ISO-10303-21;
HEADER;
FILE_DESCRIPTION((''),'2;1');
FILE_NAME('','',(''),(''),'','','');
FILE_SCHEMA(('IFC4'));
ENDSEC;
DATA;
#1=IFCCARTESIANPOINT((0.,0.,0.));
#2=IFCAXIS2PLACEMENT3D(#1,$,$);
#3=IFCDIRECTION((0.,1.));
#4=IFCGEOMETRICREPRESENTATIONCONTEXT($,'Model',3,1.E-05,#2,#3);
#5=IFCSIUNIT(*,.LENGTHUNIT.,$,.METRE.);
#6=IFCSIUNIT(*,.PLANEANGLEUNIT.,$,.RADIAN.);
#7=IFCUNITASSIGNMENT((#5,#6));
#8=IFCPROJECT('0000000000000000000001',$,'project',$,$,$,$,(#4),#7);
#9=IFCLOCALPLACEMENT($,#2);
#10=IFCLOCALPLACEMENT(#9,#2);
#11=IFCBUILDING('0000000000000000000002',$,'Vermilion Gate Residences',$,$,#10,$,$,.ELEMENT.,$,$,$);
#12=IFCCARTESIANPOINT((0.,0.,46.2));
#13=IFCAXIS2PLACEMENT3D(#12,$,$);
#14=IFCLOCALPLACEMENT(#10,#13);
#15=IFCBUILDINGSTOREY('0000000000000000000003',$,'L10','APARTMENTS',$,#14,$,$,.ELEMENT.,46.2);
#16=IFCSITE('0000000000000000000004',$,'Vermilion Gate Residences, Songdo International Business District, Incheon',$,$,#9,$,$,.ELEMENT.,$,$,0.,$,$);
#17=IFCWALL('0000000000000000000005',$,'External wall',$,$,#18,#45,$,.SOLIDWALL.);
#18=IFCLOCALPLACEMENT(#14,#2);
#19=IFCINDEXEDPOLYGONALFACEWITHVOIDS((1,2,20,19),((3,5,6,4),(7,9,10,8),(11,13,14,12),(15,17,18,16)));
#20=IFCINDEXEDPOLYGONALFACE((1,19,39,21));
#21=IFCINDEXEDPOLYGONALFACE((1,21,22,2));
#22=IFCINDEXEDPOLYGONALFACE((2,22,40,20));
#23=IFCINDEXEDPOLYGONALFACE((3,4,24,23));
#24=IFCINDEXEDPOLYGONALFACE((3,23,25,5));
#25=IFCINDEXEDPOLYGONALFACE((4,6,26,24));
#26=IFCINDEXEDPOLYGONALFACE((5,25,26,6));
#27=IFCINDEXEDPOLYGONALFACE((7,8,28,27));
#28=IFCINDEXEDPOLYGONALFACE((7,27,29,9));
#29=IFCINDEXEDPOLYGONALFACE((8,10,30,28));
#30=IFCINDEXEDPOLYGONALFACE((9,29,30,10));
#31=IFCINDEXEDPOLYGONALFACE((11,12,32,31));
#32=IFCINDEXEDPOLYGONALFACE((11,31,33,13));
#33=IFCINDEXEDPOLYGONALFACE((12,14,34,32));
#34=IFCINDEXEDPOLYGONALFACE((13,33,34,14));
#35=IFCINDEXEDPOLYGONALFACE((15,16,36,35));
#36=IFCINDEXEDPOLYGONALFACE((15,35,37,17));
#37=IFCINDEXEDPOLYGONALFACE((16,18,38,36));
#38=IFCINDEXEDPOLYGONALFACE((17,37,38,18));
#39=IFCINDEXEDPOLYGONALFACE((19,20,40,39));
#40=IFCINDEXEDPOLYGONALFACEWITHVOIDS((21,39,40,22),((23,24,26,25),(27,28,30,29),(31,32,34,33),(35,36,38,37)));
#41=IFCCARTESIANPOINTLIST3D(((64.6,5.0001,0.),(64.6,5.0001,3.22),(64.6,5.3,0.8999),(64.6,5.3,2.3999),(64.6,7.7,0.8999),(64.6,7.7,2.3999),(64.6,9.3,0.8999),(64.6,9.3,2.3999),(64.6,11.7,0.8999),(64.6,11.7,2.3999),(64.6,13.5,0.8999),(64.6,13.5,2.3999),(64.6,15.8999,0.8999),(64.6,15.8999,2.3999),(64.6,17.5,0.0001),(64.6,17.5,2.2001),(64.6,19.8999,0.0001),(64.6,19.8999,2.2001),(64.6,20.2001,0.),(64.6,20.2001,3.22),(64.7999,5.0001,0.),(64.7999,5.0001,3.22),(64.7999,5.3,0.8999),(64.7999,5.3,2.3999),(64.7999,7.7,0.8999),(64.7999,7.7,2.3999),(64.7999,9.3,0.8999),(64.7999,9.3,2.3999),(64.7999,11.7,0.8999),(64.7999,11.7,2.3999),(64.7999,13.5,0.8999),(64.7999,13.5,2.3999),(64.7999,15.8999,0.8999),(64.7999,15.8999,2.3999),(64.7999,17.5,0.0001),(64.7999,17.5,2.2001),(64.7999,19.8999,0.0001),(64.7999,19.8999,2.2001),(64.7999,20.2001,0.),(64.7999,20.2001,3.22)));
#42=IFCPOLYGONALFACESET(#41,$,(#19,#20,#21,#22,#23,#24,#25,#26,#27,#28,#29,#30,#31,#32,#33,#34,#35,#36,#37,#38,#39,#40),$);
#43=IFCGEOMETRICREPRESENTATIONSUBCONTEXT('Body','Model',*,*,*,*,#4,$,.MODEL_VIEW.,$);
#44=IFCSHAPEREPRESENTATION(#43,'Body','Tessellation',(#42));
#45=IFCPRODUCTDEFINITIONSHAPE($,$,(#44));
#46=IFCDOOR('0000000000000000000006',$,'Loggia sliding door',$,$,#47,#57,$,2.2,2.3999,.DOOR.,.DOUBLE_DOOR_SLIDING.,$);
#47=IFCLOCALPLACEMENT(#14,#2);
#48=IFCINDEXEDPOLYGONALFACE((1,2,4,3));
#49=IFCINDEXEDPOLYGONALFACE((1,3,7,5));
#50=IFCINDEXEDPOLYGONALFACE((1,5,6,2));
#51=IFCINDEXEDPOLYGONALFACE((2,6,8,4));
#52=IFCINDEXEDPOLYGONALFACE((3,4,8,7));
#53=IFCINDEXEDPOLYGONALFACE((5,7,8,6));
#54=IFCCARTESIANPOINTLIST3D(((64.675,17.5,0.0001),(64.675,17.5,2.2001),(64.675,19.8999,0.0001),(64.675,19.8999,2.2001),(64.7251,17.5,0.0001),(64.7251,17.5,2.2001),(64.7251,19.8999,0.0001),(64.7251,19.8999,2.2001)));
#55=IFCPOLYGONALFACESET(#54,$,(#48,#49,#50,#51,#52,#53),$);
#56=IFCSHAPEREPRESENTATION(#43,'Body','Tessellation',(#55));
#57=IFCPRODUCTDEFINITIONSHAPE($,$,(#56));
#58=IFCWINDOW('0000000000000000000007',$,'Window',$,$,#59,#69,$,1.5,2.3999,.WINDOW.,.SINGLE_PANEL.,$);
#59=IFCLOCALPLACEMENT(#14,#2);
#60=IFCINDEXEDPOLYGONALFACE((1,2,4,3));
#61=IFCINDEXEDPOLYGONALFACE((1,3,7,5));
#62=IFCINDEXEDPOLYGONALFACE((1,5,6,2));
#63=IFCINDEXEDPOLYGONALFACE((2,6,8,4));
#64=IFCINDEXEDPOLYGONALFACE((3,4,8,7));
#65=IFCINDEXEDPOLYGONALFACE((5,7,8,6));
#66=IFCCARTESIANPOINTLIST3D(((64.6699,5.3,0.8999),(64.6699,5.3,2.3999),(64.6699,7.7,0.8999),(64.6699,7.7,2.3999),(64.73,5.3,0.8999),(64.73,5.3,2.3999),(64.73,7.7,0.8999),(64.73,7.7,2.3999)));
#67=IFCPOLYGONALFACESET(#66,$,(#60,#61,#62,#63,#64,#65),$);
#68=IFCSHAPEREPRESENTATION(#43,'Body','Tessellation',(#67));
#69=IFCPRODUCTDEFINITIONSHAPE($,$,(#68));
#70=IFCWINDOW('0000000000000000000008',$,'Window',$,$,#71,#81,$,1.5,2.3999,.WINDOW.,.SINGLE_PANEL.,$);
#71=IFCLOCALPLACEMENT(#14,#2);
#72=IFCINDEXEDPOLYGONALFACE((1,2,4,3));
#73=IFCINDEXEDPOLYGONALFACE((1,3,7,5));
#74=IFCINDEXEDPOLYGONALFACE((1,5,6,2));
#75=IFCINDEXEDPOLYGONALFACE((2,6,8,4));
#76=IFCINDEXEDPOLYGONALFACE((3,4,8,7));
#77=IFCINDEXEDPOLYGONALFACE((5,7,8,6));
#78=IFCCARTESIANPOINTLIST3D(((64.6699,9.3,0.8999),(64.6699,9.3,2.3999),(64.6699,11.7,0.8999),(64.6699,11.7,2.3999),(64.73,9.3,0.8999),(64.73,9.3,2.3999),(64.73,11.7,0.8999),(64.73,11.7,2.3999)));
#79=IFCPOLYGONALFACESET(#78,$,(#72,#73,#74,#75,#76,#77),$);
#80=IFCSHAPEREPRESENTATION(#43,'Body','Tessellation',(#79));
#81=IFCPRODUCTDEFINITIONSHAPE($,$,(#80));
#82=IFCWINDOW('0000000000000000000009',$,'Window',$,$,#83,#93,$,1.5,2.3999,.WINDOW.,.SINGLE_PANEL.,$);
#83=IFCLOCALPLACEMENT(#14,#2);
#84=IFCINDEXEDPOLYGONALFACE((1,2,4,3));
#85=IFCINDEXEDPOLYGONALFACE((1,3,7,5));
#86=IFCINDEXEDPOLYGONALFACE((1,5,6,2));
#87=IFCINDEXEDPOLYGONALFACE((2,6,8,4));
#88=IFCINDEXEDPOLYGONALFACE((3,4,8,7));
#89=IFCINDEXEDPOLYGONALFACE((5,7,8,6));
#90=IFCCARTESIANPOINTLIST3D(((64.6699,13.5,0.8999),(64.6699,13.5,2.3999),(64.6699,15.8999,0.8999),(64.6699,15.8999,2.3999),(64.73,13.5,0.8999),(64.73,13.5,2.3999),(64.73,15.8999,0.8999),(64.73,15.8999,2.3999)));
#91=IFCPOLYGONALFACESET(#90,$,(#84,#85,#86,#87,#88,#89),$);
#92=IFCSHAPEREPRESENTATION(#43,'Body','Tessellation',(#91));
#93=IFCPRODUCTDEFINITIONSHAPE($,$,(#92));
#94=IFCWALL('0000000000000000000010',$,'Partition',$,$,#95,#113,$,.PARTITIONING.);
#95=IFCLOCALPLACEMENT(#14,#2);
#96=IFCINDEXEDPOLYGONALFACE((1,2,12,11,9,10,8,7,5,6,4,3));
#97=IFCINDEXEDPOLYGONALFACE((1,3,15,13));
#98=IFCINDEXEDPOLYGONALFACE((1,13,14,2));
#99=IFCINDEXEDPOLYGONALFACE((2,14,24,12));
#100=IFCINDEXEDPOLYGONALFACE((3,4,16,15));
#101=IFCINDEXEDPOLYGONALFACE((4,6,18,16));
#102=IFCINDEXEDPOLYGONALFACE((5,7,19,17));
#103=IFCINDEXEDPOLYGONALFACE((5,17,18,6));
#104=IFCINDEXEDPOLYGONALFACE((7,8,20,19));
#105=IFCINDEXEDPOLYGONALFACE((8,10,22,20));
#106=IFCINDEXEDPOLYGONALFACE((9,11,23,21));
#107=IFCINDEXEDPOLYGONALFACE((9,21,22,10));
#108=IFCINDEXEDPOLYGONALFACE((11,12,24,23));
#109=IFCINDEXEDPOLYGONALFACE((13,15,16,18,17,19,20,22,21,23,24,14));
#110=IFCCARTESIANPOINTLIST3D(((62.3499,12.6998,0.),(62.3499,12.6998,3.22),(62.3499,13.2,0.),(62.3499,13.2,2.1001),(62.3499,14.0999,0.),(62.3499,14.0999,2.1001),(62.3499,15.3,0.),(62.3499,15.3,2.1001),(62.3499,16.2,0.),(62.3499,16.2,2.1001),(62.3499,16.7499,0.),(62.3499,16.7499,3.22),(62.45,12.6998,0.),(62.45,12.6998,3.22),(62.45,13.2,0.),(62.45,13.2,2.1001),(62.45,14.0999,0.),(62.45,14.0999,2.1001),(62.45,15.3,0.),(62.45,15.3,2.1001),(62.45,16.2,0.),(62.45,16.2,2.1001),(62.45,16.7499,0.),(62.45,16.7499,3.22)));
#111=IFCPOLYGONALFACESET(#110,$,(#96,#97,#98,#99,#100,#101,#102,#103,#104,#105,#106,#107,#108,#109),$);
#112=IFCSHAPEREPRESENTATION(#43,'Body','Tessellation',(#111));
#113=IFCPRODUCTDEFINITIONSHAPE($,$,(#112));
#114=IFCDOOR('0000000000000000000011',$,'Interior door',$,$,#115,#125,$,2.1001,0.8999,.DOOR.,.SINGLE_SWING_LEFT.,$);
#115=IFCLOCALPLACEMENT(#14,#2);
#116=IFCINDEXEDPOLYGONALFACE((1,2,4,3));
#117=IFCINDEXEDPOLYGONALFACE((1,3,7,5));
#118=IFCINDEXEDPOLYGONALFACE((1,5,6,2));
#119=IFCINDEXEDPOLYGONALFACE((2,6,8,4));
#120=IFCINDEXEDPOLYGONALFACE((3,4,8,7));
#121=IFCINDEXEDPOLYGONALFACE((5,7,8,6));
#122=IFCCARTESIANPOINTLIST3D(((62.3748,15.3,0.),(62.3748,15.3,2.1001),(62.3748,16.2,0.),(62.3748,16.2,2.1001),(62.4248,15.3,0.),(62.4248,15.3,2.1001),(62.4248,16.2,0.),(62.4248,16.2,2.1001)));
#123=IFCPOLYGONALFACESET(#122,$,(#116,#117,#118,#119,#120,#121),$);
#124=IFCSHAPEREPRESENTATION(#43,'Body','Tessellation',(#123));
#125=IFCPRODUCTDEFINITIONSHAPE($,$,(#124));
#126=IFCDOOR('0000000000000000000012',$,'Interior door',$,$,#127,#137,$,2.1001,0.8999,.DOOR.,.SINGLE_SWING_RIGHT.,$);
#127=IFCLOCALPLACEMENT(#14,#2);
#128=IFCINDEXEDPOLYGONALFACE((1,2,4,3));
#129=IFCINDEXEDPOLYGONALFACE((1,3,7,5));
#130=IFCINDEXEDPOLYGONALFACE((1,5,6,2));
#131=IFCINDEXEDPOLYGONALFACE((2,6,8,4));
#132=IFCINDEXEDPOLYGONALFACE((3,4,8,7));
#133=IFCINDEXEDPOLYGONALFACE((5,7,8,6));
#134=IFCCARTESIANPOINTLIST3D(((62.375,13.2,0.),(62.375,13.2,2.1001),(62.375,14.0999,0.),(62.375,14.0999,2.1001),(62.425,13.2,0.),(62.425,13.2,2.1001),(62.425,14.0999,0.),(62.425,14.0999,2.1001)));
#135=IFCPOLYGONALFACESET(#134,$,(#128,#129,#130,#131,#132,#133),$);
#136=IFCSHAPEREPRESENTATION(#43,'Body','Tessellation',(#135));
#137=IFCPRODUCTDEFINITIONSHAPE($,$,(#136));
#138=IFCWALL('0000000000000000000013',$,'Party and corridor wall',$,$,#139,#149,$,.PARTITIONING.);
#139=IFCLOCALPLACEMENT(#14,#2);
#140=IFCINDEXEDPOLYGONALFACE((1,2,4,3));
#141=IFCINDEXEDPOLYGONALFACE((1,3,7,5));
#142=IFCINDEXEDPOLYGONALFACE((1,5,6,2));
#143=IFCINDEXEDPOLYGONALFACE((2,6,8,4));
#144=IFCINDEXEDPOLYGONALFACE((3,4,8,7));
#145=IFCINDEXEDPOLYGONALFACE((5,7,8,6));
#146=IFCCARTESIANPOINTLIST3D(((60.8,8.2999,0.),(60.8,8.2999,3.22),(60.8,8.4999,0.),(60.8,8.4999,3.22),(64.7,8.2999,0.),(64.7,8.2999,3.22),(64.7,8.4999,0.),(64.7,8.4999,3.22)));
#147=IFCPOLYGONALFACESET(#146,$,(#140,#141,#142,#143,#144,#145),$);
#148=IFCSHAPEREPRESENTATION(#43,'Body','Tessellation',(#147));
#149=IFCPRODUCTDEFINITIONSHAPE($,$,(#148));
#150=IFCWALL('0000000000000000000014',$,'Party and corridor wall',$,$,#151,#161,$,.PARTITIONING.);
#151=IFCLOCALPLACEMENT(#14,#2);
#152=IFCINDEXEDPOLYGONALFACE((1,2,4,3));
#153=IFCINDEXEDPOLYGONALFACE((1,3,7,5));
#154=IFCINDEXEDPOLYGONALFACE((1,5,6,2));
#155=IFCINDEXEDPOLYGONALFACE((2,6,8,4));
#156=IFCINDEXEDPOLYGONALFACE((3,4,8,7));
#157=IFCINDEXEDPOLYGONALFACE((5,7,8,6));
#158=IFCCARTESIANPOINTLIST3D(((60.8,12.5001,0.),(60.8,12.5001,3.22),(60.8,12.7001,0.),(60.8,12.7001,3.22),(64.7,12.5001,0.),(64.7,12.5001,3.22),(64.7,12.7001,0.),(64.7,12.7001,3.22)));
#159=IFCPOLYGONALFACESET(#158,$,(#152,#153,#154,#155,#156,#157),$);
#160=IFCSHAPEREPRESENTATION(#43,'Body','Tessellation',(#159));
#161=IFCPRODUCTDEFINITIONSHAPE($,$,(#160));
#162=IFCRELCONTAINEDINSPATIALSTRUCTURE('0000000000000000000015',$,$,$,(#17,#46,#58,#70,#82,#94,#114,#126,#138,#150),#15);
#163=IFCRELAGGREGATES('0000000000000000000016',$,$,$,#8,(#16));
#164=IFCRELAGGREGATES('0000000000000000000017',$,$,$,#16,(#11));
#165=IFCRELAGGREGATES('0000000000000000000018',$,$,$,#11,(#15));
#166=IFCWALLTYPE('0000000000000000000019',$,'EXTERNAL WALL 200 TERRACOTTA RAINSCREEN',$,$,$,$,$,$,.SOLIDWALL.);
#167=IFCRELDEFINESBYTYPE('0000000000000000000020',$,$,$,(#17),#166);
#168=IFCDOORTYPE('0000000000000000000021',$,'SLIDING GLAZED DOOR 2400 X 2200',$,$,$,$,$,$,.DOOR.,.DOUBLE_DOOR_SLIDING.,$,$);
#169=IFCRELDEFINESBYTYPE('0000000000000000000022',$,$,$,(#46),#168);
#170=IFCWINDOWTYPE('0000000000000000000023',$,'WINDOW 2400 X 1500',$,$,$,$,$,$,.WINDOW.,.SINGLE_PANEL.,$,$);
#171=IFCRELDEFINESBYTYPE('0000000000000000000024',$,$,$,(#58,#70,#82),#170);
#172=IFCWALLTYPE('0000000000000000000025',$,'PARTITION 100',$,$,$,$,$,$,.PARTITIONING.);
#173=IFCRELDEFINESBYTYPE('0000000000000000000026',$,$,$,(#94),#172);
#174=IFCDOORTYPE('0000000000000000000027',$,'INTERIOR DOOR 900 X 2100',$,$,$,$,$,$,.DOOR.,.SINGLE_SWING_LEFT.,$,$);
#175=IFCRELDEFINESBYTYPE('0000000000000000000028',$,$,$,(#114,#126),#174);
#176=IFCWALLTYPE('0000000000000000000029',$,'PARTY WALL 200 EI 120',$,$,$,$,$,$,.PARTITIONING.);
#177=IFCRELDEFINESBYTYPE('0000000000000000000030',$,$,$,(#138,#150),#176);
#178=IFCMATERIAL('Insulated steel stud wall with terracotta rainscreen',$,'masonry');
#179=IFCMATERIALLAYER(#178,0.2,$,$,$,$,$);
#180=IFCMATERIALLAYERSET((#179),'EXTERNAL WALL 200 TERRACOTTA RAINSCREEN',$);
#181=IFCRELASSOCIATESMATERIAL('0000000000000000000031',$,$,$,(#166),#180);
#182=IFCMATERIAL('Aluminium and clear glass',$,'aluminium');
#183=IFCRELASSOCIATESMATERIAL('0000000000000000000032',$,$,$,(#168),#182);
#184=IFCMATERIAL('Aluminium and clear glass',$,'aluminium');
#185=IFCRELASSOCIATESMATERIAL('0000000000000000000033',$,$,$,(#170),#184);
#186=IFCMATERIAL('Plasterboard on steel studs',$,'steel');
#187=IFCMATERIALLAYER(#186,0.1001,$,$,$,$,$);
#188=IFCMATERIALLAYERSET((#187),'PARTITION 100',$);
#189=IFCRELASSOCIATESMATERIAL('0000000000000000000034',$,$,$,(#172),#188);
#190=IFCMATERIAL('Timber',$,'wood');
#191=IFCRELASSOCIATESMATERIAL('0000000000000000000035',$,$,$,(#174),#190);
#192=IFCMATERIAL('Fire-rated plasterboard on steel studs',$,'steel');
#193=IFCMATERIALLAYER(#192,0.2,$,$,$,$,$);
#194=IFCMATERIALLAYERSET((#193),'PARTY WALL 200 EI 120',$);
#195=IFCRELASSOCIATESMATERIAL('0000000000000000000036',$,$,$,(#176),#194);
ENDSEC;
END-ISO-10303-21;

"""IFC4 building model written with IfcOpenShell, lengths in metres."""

from ifc_helpers import new_model, si_unit, direction, frame, frame_2d, origin, place, context, subcontext, project, spatial, rectangle, extrude, material, layer, layer_set, type_object, element, fill, save


model = new_model("IFC4")

# Units and contexts
model_context = context("Model", 3, precision=1e-05, world=origin(), true_north=direction((0.0, 1.0)))
body_context = subcontext(model_context, "Body", "Model", "MODEL_VIEW")
ifc_project = project(units=[si_unit("LENGTHUNIT", "METRE"), si_unit("PLANEANGLEUNIT", "RADIAN")], contexts=[model_context])

# Site, building, storey
site_placement = place(None, origin())
site = spatial("IfcSite", under=ifc_project, at=site_placement, Name="Vermilion Gate Residences, Songdo International Business District, Incheon", CompositionType="ELEMENT", RefElevation=0.0)
building_placement = place(site_placement, origin())
building = spatial("IfcBuilding", under=site, at=building_placement, Name="Vermilion Gate Residences", CompositionType="ELEMENT")
storey_placement = place(building_placement, frame((0.0, 0.0, 46.2)))
storey = spatial("IfcBuildingStorey", under=building, at=storey_placement, Name="L10", Description="APARTMENTS", CompositionType="ELEMENT", Elevation=46.2)

# Shared definitions
ifc_material_1 = material(Name="Insulated steel stud wall with terracotta rainscreen", Category="masonry")
ifc_layer_1 = layer(ifc_material_1, 0.2)
ifc_layer_set_1 = layer_set([ifc_layer_1], Name="EXTERNAL WALL 200 TERRACOTTA RAINSCREEN")
wall_type_1 = type_object("IfcWallType", Name="EXTERNAL WALL 200 TERRACOTTA RAINSCREEN", PredefinedType="SOLIDWALL", material=ifc_layer_set_1)

# Wall, openings, door, windows
wall_1_placement = place(storey_placement, frame((64.7, 5.0, 0.0), z_axis=(0.0, 0.0, 1.0), x_axis=(0.0, 1.0, 0.0)))
wall_1 = element("IfcWall", 1, at=wall_1_placement, inside=storey, type_object=wall_type_1, Name="External wall", PredefinedType="SOLIDWALL", context=body_context, shape_type="SweptSolid", body=[
    extrude(rectangle(XDim=15.2, YDim=0.2, at=frame_2d((7.6001, 0.0))), origin(), (0.0, 0.0, 1.0), 3.22),
])
opening_1_placement = place(wall_1_placement, frame((0.3, 0.0, 0.8999)))
opening_1 = element("IfcOpeningElement", 2, at=opening_1_placement, cuts=wall_1, PredefinedType="OPENING", context=body_context, shape_type="SweptSolid", body=[
    extrude(rectangle(XDim=2.3999, YDim=1.5, at=frame_2d((1.2, 0.75))), frame((0.0, 0.1099, 0.0), z_axis=(0.0, -1.0, 0.0), x_axis=(1.0, 0.0, 0.0)), (0.0, 0.0, 1.0), 0.22),
])
opening_2_placement = place(wall_1_placement, frame((4.3, 0.0, 0.8999)))
opening_2 = element("IfcOpeningElement", 3, at=opening_2_placement, cuts=wall_1, PredefinedType="OPENING", context=body_context, shape_type="SweptSolid", body=[
    extrude(rectangle(XDim=2.3999, YDim=1.5, at=frame_2d((1.2, 0.75))), frame((0.0, 0.1099, 0.0), z_axis=(0.0, -1.0, 0.0), x_axis=(1.0, 0.0, 0.0)), (0.0, 0.0, 1.0), 0.22),
])
opening_3_placement = place(wall_1_placement, frame((8.5, 0.0, 0.8999)))
opening_3 = element("IfcOpeningElement", 4, at=opening_3_placement, cuts=wall_1, PredefinedType="OPENING", context=body_context, shape_type="SweptSolid", body=[
    extrude(rectangle(XDim=2.3999, YDim=1.5, at=frame_2d((1.2, 0.75))), frame((0.0, 0.1099, 0.0), z_axis=(0.0, -1.0, 0.0), x_axis=(1.0, 0.0, 0.0)), (0.0, 0.0, 1.0), 0.22),
])
opening_4_placement = place(wall_1_placement, frame((12.5, 0.0, 0.0)))
opening_4 = element("IfcOpeningElement", 5, at=opening_4_placement, cuts=wall_1, PredefinedType="OPENING", context=body_context, shape_type="SweptSolid", body=[
    extrude(rectangle(XDim=2.3999, YDim=2.2, at=frame_2d((1.2, 1.1001))), frame((0.0, 0.1099, 0.0), z_axis=(0.0, -1.0, 0.0), x_axis=(1.0, 0.0, 0.0)), (0.0, 0.0, 1.0), 0.22),
])
ifc_material_2 = material(Name="Aluminium and clear glass", Category="aluminium")
door_type_1 = type_object("IfcDoorType", Name="SLIDING GLAZED DOOR 2400 X 2200", OperationType="DOUBLE_DOOR_SLIDING", PredefinedType="DOOR", material=ifc_material_2)
door_1_placement = place(opening_4_placement, origin())
door_1 = element("IfcDoor", 6, at=door_1_placement, inside=storey, type_object=door_type_1, Name="Loggia sliding door", OperationType="DOUBLE_DOOR_SLIDING", OverallHeight=2.2, OverallWidth=2.3999, PredefinedType="DOOR", context=body_context, shape_type="SweptSolid", body=[
    extrude(rectangle(XDim=2.3999, YDim=2.2, at=frame_2d((1.2, 1.1001))), frame((0.0, 0.0249, 0.0), z_axis=(0.0, -1.0, 0.0), x_axis=(1.0, 0.0, 0.0)), (0.0, 0.0, 1.0), 0.05),
])
fill(opening_4, door_1)
ifc_material_3 = material(Name="Aluminium and clear glass", Category="aluminium")
window_type = type_object("IfcWindowType", Name="WINDOW 2400 X 1500", PartitioningType="SINGLE_PANEL", PredefinedType="WINDOW", material=ifc_material_3)
window_1_placement = place(opening_1_placement, origin())
window_1 = element("IfcWindow", 7, at=window_1_placement, inside=storey, type_object=window_type, Name="Window", OverallHeight=1.5, OverallWidth=2.3999, PartitioningType="SINGLE_PANEL", PredefinedType="WINDOW", context=body_context, shape_type="SweptSolid", body=[
    extrude(rectangle(XDim=2.3999, YDim=1.5, at=frame_2d((1.2, 0.75))), frame((0.0, 0.03, 0.0), z_axis=(0.0, -1.0, 0.0), x_axis=(1.0, 0.0, 0.0)), (0.0, 0.0, 1.0), 0.0601),
])
fill(opening_1, window_1)
window_2_placement = place(opening_2_placement, origin())
window_2 = element("IfcWindow", 8, at=window_2_placement, inside=storey, type_object=window_type, Name="Window", OverallHeight=1.5, OverallWidth=2.3999, PartitioningType="SINGLE_PANEL", PredefinedType="WINDOW", context=body_context, shape_type="SweptSolid", body=[
    extrude(rectangle(XDim=2.3999, YDim=1.5, at=frame_2d((1.2, 0.75))), frame((0.0, 0.03, 0.0), z_axis=(0.0, -1.0, 0.0), x_axis=(1.0, 0.0, 0.0)), (0.0, 0.0, 1.0), 0.0601),
])
fill(opening_2, window_2)
window_3_placement = place(opening_3_placement, origin())
window_3 = element("IfcWindow", 9, at=window_3_placement, inside=storey, type_object=window_type, Name="Window", OverallHeight=1.5, OverallWidth=2.3999, PartitioningType="SINGLE_PANEL", PredefinedType="WINDOW", context=body_context, shape_type="SweptSolid", body=[
    extrude(rectangle(XDim=2.3999, YDim=1.5, at=frame_2d((1.2, 0.75))), frame((0.0, 0.03, 0.0), z_axis=(0.0, -1.0, 0.0), x_axis=(1.0, 0.0, 0.0)), (0.0, 0.0, 1.0), 0.0601),
])
fill(opening_3, window_3)

# Wall, openings, doors
ifc_material_4 = material(Name="Plasterboard on steel studs", Category="steel")
ifc_layer_2 = layer(ifc_material_4, 0.1001)
ifc_layer_set_2 = layer_set([ifc_layer_2], Name="PARTITION 100")
wall_type_2 = type_object("IfcWallType", Name="PARTITION 100", PredefinedType="PARTITIONING", material=ifc_layer_set_2)
wall_2_placement = place(storey_placement, frame((62.3999, 12.7, 0.0), z_axis=(0.0, 0.0, 1.0), x_axis=(0.0, 1.0, 0.0)))
wall_2 = element("IfcWall", 10, at=wall_2_placement, inside=storey, type_object=wall_type_2, Name="Partition", PredefinedType="PARTITIONING", context=body_context, shape_type="SweptSolid", body=[
    extrude(rectangle(XDim=4.05, YDim=0.1001, at=frame_2d((2.0249, 0.0))), origin(), (0.0, 0.0, 1.0), 3.22),
])
opening_5_placement = place(wall_2_placement, frame((2.6001, 0.0, 0.0)))
opening_5 = element("IfcOpeningElement", 11, at=opening_5_placement, cuts=wall_2, PredefinedType="OPENING", context=body_context, shape_type="SweptSolid", body=[
    extrude(rectangle(XDim=0.8999, YDim=2.1001, at=frame_2d((0.45, 1.05))), frame((0.0, 0.0601, 0.0), z_axis=(0.0, -1.0, 0.0), x_axis=(1.0, 0.0, 0.0)), (0.0, 0.0, 1.0), 0.1201),
])
opening_6_placement = place(wall_2_placement, frame((0.5, 0.0, 0.0)))
opening_6 = element("IfcOpeningElement", 12, at=opening_6_placement, cuts=wall_2, PredefinedType="OPENING", context=body_context, shape_type="SweptSolid", body=[
    extrude(rectangle(XDim=0.8999, YDim=2.1001, at=frame_2d((0.45, 1.05))), frame((0.0, 0.0601, 0.0), z_axis=(0.0, -1.0, 0.0), x_axis=(1.0, 0.0, 0.0)), (0.0, 0.0, 1.0), 0.1201),
])
ifc_material_5 = material(Name="Timber", Category="wood")
door_type_2 = type_object("IfcDoorType", Name="INTERIOR DOOR 900 X 2100", OperationType="SINGLE_SWING_LEFT", PredefinedType="DOOR", material=ifc_material_5)
door_2_placement = place(opening_5_placement, frame((0.8999, 0.0, 0.0), z_axis=(0.0, 0.0, 1.0), x_axis=(-1.0, 0.0, 0.0)))
door_2 = element("IfcDoor", 13, at=door_2_placement, inside=storey, type_object=door_type_2, Name="Interior door", OperationType="SINGLE_SWING_LEFT", OverallHeight=2.1001, OverallWidth=0.8999, PredefinedType="DOOR", context=body_context, shape_type="SweptSolid", body=[
    extrude(rectangle(XDim=0.8999, YDim=2.1001, at=frame_2d((0.45, 1.05))), frame((0.0, 0.0249, 0.0), z_axis=(0.0, -1.0, 0.0), x_axis=(1.0, 0.0, 0.0)), (0.0, 0.0, 1.0), 0.05),
])
fill(opening_5, door_2)
door_3_placement = place(opening_6_placement, origin())
door_3 = element("IfcDoor", 14, at=door_3_placement, inside=storey, type_object=door_type_2, Name="Interior door", OperationType="SINGLE_SWING_RIGHT", OverallHeight=2.1001, OverallWidth=0.8999, PredefinedType="DOOR", context=body_context, shape_type="SweptSolid", body=[
    extrude(rectangle(XDim=0.8999, YDim=2.1001, at=frame_2d((0.45, 1.05))), frame((0.0, 0.0249, 0.0), z_axis=(0.0, -1.0, 0.0), x_axis=(1.0, 0.0, 0.0)), (0.0, 0.0, 1.0), 0.05),
])
fill(opening_6, door_3)

# Walls
ifc_material_6 = material(Name="Fire-rated plasterboard on steel studs", Category="steel")
ifc_layer_3 = layer(ifc_material_6, 0.2)
ifc_layer_set_3 = layer_set([ifc_layer_3], Name="PARTY WALL 200 EI 120")
wall_type_3 = type_object("IfcWallType", Name="PARTY WALL 200 EI 120", PredefinedType="PARTITIONING", material=ifc_layer_set_3)
for number, where, z_axis, x_axis, name in (
    (15, (60.8, 8.3999, 0.0), (0.0, 0.0, 1.0), (1.0, 0.0, 0.0), "Party and corridor wall"),
    (16, (60.8, 12.6001, 0.0), (0.0, 0.0, 1.0), (1.0, 0.0, 0.0), "Party and corridor wall"),
):
    element("IfcWall", number, at=place(storey_placement, frame(where, z_axis=z_axis, x_axis=x_axis)), inside=storey, type_object=wall_type_3, Name=name, PredefinedType="PARTITIONING", context=body_context, shape_type="SweptSolid", body=[
        extrude(rectangle(XDim=3.8999, YDim=0.2, at=frame_2d((1.95, 0.0))), origin(), (0.0, 0.0, 1.0), 3.22),
    ])

save(model, "model.ifc")
